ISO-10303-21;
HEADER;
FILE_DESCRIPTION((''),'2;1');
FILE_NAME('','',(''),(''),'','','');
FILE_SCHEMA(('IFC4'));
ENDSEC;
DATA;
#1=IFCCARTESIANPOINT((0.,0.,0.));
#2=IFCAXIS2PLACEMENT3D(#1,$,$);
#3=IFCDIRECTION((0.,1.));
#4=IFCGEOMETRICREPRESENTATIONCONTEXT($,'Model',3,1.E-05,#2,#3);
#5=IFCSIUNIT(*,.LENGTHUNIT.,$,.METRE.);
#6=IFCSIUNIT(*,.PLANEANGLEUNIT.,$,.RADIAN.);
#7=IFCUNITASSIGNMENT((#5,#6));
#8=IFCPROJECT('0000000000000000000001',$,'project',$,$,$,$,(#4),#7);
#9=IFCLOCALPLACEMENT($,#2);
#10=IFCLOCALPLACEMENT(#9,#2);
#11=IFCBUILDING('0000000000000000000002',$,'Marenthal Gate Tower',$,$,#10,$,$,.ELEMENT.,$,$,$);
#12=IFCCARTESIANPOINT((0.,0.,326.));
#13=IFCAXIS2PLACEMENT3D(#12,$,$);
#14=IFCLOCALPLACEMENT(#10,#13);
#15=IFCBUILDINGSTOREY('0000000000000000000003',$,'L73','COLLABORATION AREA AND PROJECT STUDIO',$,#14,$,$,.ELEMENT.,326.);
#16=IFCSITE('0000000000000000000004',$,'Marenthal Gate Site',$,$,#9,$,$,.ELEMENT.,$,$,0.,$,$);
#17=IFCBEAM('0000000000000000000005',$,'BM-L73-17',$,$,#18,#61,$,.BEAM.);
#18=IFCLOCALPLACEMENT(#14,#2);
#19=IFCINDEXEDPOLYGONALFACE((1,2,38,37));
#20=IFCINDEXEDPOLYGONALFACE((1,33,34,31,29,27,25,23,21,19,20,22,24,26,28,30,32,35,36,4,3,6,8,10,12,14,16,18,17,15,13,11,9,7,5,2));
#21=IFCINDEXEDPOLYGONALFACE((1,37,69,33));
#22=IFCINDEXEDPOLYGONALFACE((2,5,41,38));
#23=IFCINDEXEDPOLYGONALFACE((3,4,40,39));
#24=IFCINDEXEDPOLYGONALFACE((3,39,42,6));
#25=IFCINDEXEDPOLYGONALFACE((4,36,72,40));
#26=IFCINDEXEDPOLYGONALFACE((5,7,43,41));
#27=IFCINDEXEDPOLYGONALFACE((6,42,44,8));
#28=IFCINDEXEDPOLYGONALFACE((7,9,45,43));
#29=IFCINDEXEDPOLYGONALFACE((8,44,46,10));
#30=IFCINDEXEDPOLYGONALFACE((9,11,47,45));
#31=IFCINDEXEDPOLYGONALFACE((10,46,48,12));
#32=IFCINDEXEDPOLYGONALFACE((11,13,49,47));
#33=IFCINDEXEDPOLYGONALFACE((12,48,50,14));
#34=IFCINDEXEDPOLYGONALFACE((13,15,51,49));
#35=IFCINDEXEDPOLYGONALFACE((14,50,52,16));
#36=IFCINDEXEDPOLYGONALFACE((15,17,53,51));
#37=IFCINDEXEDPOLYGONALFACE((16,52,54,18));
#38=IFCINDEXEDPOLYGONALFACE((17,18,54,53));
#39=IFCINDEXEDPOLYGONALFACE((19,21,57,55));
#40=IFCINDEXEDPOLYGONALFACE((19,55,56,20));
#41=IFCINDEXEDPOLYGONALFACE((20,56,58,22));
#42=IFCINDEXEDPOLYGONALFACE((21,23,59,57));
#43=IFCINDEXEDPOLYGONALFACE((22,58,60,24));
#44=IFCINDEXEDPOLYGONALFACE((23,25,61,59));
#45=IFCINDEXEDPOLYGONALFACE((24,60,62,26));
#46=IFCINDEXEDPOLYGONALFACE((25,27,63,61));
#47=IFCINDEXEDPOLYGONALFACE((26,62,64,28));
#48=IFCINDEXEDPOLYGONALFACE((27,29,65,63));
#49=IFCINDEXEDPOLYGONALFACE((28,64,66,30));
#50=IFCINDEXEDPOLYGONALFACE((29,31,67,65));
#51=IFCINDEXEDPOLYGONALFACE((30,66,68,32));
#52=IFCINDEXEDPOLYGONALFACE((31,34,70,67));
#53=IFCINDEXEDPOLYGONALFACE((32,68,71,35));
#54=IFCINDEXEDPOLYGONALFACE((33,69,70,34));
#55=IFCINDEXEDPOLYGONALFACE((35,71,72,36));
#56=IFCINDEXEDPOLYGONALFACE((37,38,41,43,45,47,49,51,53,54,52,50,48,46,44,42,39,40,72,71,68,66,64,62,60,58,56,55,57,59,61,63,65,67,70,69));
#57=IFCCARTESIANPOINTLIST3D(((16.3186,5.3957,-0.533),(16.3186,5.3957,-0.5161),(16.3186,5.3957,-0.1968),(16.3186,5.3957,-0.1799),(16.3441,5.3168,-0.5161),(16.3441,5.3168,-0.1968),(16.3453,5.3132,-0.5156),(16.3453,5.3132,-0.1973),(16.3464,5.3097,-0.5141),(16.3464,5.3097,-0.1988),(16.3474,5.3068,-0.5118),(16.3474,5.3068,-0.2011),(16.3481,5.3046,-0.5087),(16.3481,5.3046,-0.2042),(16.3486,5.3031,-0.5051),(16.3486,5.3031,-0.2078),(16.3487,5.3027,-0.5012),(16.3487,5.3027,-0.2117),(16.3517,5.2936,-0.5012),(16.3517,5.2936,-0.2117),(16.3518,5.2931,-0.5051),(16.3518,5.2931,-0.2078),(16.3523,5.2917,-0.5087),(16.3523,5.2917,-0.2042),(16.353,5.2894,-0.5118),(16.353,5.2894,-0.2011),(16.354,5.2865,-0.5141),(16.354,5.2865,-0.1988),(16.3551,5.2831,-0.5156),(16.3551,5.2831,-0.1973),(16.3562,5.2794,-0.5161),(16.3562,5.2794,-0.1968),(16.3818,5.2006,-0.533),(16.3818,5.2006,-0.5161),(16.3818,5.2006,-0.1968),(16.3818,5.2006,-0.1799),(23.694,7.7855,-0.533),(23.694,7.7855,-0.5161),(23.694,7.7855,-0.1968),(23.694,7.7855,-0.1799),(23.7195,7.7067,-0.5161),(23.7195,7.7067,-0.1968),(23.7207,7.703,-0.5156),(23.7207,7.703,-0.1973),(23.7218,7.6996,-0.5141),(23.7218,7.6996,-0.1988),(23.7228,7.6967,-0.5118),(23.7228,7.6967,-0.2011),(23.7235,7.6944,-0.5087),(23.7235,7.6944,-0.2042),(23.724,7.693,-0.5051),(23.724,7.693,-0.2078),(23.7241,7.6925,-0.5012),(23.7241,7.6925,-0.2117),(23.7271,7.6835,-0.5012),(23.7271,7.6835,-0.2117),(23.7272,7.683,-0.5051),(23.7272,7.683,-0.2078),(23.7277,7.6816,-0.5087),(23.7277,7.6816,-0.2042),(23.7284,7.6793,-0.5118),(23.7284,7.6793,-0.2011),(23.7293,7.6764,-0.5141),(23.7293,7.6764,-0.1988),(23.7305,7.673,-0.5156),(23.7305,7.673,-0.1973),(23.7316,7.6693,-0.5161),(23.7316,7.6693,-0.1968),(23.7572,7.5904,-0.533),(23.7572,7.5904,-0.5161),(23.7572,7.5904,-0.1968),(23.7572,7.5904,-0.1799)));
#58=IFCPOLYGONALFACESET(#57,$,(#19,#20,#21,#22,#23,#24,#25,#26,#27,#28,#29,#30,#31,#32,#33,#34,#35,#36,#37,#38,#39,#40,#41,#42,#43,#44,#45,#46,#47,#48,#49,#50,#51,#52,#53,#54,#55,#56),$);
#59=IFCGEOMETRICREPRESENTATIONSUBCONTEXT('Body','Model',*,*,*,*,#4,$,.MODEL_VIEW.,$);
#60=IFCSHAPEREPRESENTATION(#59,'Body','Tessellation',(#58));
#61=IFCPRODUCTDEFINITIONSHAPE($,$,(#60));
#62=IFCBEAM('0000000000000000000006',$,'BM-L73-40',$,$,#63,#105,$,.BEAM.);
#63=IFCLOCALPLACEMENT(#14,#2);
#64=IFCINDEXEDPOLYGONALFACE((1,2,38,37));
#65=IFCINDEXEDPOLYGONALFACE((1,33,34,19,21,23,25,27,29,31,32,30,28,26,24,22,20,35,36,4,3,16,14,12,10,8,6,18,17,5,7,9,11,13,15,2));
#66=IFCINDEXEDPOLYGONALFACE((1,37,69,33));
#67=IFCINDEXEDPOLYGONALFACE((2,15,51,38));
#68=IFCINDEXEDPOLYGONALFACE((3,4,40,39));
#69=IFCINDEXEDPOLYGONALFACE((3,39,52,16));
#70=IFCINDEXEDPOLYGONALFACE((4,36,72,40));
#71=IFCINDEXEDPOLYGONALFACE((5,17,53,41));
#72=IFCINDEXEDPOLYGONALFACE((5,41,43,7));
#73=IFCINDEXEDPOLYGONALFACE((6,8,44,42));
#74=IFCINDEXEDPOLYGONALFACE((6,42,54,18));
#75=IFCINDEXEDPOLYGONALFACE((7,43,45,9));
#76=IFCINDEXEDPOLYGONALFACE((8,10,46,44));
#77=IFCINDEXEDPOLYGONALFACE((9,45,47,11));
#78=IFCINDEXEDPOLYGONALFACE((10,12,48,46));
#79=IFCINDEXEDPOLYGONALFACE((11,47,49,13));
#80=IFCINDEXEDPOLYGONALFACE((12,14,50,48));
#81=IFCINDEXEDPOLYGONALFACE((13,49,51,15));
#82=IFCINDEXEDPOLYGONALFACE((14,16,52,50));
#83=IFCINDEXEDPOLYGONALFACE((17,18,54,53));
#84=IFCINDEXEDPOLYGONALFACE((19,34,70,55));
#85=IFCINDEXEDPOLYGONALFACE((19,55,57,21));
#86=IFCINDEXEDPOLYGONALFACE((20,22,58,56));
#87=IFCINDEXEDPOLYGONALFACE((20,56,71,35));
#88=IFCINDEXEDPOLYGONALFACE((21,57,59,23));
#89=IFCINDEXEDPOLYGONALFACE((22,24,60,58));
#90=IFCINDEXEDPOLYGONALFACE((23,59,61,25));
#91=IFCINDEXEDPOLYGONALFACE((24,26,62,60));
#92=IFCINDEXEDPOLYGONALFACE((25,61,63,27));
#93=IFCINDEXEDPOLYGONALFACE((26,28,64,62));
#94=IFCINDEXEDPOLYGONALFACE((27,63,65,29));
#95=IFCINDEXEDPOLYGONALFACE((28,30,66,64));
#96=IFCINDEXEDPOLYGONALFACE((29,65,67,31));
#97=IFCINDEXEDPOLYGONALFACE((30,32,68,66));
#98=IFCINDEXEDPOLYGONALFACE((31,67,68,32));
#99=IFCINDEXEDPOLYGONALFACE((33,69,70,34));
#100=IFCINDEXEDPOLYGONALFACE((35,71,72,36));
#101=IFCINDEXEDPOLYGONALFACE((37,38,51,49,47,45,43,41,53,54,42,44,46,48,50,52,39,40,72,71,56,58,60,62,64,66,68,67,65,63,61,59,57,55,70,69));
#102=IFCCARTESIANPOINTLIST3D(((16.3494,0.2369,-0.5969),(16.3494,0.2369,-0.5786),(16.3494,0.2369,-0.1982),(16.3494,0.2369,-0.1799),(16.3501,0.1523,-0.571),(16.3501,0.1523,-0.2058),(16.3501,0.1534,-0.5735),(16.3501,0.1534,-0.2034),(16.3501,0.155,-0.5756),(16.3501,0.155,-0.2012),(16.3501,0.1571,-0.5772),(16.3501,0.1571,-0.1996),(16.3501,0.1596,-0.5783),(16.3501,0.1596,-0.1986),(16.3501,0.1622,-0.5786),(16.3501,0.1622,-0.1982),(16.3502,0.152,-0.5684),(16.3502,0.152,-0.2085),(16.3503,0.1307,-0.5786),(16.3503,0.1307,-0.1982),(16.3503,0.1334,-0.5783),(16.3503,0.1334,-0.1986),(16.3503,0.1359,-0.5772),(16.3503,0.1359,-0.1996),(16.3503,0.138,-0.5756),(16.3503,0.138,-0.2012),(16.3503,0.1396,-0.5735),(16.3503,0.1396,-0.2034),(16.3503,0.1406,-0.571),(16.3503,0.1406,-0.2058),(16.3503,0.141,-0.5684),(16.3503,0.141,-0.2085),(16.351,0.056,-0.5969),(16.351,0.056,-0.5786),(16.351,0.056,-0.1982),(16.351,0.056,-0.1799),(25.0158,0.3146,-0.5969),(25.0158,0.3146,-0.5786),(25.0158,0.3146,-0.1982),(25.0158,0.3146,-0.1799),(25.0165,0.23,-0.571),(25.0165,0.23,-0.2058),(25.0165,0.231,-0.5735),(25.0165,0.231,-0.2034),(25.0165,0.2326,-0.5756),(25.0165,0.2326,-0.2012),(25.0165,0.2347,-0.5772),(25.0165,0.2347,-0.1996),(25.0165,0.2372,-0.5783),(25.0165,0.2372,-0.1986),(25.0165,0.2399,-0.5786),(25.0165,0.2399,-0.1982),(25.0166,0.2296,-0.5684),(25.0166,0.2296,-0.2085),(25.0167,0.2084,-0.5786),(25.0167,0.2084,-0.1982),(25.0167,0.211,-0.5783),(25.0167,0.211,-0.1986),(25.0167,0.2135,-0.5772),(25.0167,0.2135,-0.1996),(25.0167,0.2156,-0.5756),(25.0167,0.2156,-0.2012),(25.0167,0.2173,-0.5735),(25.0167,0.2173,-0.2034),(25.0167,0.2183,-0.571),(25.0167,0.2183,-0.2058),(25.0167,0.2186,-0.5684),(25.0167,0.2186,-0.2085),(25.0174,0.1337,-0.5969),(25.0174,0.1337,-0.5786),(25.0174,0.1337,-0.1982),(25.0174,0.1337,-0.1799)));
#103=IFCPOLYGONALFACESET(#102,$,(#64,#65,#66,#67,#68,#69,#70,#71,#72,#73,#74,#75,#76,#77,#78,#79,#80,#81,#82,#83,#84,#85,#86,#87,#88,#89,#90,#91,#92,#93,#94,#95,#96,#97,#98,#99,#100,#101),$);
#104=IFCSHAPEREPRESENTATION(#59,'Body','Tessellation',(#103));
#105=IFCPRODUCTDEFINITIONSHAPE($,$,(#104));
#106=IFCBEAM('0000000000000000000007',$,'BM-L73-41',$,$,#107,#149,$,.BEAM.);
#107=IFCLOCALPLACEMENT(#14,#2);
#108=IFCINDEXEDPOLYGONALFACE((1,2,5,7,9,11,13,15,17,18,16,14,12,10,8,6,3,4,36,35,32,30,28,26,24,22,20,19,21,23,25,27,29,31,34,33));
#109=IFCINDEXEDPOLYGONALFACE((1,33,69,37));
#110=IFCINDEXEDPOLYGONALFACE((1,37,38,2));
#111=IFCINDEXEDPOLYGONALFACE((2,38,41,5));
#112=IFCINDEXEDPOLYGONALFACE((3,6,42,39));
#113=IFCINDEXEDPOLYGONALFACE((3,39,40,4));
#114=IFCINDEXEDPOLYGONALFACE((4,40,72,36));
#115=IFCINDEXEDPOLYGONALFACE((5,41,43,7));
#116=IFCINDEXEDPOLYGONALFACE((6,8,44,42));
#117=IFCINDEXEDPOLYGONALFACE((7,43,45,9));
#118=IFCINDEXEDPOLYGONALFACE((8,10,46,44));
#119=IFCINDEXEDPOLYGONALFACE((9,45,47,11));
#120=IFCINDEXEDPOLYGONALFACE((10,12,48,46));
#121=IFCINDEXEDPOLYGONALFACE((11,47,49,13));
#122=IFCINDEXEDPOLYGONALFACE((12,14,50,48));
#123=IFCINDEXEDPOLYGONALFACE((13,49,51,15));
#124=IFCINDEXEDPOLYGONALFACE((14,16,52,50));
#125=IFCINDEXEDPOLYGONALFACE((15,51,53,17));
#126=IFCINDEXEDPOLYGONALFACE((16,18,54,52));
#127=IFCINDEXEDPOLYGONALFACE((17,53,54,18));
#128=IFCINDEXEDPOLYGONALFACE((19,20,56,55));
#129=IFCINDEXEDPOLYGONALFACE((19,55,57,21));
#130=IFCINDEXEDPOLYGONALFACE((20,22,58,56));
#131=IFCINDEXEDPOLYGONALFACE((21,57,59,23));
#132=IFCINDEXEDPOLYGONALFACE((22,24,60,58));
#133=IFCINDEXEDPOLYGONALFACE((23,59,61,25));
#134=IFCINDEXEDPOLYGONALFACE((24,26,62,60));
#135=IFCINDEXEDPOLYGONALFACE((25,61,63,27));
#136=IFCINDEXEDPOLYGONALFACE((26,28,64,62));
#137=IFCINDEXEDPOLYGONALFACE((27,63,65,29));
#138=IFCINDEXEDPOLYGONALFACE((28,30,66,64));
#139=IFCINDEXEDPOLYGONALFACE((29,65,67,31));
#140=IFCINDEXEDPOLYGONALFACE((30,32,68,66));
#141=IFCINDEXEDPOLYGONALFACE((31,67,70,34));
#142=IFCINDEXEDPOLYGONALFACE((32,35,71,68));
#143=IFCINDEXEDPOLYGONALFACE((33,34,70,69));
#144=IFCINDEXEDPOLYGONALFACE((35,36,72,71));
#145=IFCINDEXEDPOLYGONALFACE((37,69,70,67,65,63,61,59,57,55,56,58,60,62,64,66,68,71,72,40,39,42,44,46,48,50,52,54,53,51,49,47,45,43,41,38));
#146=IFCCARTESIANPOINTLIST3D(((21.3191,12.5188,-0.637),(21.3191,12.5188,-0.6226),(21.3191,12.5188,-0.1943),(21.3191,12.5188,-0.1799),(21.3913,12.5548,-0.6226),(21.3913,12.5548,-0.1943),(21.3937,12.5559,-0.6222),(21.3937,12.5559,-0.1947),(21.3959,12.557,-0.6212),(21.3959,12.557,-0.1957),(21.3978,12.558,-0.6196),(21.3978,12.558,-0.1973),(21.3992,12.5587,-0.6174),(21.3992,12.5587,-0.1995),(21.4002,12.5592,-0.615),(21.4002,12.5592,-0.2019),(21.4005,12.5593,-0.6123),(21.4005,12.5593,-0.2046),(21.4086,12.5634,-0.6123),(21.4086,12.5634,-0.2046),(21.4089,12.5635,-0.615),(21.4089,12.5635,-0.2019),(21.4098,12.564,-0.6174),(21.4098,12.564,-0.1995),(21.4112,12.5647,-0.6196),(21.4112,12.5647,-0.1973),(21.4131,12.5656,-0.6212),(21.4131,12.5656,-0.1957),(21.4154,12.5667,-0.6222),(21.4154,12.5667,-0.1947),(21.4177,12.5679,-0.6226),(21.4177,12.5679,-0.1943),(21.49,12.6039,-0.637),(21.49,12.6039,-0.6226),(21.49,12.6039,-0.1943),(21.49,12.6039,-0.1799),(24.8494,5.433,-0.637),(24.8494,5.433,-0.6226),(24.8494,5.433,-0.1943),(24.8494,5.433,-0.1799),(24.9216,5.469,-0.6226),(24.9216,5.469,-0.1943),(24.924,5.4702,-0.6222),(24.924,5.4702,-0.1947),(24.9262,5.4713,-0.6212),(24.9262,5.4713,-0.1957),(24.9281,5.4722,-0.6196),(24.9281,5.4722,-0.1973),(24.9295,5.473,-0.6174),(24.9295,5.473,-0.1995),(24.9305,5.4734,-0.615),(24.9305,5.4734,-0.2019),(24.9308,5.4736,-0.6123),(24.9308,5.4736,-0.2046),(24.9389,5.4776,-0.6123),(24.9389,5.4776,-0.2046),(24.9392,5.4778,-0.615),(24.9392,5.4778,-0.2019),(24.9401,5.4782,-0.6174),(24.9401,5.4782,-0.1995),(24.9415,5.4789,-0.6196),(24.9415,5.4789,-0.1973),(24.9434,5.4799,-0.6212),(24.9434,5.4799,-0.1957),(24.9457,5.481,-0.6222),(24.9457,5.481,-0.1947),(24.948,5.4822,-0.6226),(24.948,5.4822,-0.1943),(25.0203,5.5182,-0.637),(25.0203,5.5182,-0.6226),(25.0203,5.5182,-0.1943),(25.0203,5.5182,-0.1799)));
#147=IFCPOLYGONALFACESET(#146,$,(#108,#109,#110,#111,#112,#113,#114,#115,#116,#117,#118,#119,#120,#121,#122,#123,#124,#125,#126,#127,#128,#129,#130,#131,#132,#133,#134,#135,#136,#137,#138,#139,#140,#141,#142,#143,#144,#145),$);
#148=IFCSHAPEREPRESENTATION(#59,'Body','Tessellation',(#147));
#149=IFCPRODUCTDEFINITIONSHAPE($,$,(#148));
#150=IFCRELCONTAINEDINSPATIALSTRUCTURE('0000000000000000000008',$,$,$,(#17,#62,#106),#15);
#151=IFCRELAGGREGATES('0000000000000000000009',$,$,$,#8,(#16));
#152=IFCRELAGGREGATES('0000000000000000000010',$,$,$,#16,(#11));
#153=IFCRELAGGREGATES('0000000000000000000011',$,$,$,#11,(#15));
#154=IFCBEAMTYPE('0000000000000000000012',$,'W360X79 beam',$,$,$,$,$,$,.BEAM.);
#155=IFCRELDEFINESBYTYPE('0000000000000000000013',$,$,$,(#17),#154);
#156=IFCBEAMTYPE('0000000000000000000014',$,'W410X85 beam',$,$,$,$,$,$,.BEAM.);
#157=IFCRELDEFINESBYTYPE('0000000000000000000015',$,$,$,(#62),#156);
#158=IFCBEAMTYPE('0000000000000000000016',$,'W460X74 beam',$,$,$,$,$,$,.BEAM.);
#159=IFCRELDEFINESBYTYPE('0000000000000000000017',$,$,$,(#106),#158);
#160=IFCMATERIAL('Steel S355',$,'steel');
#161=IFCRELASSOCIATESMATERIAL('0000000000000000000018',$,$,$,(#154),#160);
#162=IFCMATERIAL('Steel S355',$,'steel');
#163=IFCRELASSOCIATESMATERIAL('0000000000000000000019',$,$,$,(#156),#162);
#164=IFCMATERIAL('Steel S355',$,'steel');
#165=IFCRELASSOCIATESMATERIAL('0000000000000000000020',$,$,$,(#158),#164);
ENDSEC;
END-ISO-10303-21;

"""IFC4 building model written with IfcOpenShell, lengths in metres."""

from ifc_helpers import new_model, si_unit, direction, frame, origin, origin_2d, place, context, subcontext, project, spatial, i_section, extrude, material, material_profile, profile_set, type_object, element, save


model = new_model("IFC4")

# Units and contexts
model_context = context("Model", 3, precision=1e-05, world=origin(), true_north=direction((0.0, 1.0)))
body_context = subcontext(model_context, "Body", "Model", "MODEL_VIEW")
ifc_project = project(units=[si_unit("LENGTHUNIT", "METRE"), si_unit("PLANEANGLEUNIT", "RADIAN")], contexts=[model_context])

# Site, building, storey
site_placement = place(None, origin())
site = spatial("IfcSite", under=ifc_project, at=site_placement, Name="Marenthal Gate Site", CompositionType="ELEMENT", RefElevation=0.0)
building_placement = place(site_placement, origin())
building = spatial("IfcBuilding", under=site, at=building_placement, Name="Marenthal Gate Tower", CompositionType="ELEMENT")
storey_placement = place(building_placement, frame((0.0, 0.0, 326.0)))
storey = spatial("IfcBuildingStorey", under=building, at=storey_placement, Name="L73", Description="COLLABORATION AREA AND PROJECT STUDIO", CompositionType="ELEMENT", Elevation=326.0)

# Beams
ifc_material_1 = material(Name="Steel S355", Category="steel")
ifc_material_profile_1 = material_profile(ifc_material_1, i_section(OverallWidth=0.2051, OverallDepth=0.353, WebThickness=0.0095, FlangeThickness=0.0168, FilletRadius=0.0149, at=origin_2d()), Name="W360X79")
ifc_profile_set_1 = profile_set([ifc_material_profile_1], Name="Steel S355")
beam_type_1 = type_object("IfcBeamType", Name="W360X79 beam", PredefinedType="BEAM", material=ifc_profile_set_1)
beam_1_placement = place(storey_placement, frame((23.7256, 7.688, -0.3564), z_axis=(-0.951304, -0.308253, 0.0), x_axis=(0.308253, -0.951304, 0.0)))
element("IfcBeam", 1, at=beam_1_placement, inside=storey, type_object=beam_type_1, Name="BM-L73-17", PredefinedType="BEAM", context=body_context, shape_type="SweptSolid", body=[
    extrude(i_section(OverallWidth=0.2051, OverallDepth=0.353, WebThickness=0.0095, FlangeThickness=0.0168, FilletRadius=0.0149, at=origin_2d()), origin(), (0.0, 0.0, 1.0), 7.7529),
])
ifc_material_2 = material(Name="Steel S355", Category="steel")
ifc_material_profile_2 = material_profile(ifc_material_2, i_section(OverallWidth=0.1809, OverallDepth=0.417, WebThickness=0.011, FlangeThickness=0.0183, FilletRadius=0.0103, at=origin_2d()), Name="W410X85")
ifc_profile_set_2 = profile_set([ifc_material_profile_2], Name="Steel S355")
beam_type_2 = type_object("IfcBeamType", Name="W410X85 beam", PredefinedType="BEAM", material=ifc_profile_set_2)
beam_2_placement = place(storey_placement, frame((25.0166, 0.2241, -0.3884), z_axis=(-0.99996, -0.008958, 0.0), x_axis=(0.008958, -0.99996, 0.0)))
element("IfcBeam", 2, at=beam_2_placement, inside=storey, type_object=beam_type_2, Name="BM-L73-40", PredefinedType="BEAM", context=body_context, shape_type="SweptSolid", body=[
    extrude(i_section(OverallWidth=0.1809, OverallDepth=0.417, WebThickness=0.011, FlangeThickness=0.0183, FilletRadius=0.0103, at=origin_2d()), origin(), (0.0, 0.0, 1.0), 8.6667),
])
ifc_material_3 = material(Name="Steel S355", Category="steel")
ifc_material_profile_3 = material_profile(ifc_material_3, i_section(OverallWidth=0.1909, OverallDepth=0.457, WebThickness=0.009, FlangeThickness=0.0144, FilletRadius=0.0103, at=origin_2d()), Name="W460X74")
ifc_profile_set_3 = profile_set([ifc_material_profile_3], Name="Steel S355")
beam_type_3 = type_object("IfcBeamType", Name="W460X74 beam", PredefinedType="BEAM", material=ifc_profile_set_3)
beam_3_placement = place(storey_placement, frame((24.9348, 5.4756, -0.4084), z_axis=(-0.445943, 0.895062, 0.0), x_axis=(-0.895062, -0.445943, 0.0)))
element("IfcBeam", 3, at=beam_3_placement, inside=storey, type_object=beam_type_3, Name="BM-L73-41", PredefinedType="BEAM", context=body_context, shape_type="SweptSolid", body=[
    extrude(i_section(OverallWidth=0.1909, OverallDepth=0.457, WebThickness=0.009, FlangeThickness=0.0144, FilletRadius=0.0103, at=origin_2d()), origin(), (0.0, 0.0, 1.0), 7.9165),
])

save(model, "model.ifc")
